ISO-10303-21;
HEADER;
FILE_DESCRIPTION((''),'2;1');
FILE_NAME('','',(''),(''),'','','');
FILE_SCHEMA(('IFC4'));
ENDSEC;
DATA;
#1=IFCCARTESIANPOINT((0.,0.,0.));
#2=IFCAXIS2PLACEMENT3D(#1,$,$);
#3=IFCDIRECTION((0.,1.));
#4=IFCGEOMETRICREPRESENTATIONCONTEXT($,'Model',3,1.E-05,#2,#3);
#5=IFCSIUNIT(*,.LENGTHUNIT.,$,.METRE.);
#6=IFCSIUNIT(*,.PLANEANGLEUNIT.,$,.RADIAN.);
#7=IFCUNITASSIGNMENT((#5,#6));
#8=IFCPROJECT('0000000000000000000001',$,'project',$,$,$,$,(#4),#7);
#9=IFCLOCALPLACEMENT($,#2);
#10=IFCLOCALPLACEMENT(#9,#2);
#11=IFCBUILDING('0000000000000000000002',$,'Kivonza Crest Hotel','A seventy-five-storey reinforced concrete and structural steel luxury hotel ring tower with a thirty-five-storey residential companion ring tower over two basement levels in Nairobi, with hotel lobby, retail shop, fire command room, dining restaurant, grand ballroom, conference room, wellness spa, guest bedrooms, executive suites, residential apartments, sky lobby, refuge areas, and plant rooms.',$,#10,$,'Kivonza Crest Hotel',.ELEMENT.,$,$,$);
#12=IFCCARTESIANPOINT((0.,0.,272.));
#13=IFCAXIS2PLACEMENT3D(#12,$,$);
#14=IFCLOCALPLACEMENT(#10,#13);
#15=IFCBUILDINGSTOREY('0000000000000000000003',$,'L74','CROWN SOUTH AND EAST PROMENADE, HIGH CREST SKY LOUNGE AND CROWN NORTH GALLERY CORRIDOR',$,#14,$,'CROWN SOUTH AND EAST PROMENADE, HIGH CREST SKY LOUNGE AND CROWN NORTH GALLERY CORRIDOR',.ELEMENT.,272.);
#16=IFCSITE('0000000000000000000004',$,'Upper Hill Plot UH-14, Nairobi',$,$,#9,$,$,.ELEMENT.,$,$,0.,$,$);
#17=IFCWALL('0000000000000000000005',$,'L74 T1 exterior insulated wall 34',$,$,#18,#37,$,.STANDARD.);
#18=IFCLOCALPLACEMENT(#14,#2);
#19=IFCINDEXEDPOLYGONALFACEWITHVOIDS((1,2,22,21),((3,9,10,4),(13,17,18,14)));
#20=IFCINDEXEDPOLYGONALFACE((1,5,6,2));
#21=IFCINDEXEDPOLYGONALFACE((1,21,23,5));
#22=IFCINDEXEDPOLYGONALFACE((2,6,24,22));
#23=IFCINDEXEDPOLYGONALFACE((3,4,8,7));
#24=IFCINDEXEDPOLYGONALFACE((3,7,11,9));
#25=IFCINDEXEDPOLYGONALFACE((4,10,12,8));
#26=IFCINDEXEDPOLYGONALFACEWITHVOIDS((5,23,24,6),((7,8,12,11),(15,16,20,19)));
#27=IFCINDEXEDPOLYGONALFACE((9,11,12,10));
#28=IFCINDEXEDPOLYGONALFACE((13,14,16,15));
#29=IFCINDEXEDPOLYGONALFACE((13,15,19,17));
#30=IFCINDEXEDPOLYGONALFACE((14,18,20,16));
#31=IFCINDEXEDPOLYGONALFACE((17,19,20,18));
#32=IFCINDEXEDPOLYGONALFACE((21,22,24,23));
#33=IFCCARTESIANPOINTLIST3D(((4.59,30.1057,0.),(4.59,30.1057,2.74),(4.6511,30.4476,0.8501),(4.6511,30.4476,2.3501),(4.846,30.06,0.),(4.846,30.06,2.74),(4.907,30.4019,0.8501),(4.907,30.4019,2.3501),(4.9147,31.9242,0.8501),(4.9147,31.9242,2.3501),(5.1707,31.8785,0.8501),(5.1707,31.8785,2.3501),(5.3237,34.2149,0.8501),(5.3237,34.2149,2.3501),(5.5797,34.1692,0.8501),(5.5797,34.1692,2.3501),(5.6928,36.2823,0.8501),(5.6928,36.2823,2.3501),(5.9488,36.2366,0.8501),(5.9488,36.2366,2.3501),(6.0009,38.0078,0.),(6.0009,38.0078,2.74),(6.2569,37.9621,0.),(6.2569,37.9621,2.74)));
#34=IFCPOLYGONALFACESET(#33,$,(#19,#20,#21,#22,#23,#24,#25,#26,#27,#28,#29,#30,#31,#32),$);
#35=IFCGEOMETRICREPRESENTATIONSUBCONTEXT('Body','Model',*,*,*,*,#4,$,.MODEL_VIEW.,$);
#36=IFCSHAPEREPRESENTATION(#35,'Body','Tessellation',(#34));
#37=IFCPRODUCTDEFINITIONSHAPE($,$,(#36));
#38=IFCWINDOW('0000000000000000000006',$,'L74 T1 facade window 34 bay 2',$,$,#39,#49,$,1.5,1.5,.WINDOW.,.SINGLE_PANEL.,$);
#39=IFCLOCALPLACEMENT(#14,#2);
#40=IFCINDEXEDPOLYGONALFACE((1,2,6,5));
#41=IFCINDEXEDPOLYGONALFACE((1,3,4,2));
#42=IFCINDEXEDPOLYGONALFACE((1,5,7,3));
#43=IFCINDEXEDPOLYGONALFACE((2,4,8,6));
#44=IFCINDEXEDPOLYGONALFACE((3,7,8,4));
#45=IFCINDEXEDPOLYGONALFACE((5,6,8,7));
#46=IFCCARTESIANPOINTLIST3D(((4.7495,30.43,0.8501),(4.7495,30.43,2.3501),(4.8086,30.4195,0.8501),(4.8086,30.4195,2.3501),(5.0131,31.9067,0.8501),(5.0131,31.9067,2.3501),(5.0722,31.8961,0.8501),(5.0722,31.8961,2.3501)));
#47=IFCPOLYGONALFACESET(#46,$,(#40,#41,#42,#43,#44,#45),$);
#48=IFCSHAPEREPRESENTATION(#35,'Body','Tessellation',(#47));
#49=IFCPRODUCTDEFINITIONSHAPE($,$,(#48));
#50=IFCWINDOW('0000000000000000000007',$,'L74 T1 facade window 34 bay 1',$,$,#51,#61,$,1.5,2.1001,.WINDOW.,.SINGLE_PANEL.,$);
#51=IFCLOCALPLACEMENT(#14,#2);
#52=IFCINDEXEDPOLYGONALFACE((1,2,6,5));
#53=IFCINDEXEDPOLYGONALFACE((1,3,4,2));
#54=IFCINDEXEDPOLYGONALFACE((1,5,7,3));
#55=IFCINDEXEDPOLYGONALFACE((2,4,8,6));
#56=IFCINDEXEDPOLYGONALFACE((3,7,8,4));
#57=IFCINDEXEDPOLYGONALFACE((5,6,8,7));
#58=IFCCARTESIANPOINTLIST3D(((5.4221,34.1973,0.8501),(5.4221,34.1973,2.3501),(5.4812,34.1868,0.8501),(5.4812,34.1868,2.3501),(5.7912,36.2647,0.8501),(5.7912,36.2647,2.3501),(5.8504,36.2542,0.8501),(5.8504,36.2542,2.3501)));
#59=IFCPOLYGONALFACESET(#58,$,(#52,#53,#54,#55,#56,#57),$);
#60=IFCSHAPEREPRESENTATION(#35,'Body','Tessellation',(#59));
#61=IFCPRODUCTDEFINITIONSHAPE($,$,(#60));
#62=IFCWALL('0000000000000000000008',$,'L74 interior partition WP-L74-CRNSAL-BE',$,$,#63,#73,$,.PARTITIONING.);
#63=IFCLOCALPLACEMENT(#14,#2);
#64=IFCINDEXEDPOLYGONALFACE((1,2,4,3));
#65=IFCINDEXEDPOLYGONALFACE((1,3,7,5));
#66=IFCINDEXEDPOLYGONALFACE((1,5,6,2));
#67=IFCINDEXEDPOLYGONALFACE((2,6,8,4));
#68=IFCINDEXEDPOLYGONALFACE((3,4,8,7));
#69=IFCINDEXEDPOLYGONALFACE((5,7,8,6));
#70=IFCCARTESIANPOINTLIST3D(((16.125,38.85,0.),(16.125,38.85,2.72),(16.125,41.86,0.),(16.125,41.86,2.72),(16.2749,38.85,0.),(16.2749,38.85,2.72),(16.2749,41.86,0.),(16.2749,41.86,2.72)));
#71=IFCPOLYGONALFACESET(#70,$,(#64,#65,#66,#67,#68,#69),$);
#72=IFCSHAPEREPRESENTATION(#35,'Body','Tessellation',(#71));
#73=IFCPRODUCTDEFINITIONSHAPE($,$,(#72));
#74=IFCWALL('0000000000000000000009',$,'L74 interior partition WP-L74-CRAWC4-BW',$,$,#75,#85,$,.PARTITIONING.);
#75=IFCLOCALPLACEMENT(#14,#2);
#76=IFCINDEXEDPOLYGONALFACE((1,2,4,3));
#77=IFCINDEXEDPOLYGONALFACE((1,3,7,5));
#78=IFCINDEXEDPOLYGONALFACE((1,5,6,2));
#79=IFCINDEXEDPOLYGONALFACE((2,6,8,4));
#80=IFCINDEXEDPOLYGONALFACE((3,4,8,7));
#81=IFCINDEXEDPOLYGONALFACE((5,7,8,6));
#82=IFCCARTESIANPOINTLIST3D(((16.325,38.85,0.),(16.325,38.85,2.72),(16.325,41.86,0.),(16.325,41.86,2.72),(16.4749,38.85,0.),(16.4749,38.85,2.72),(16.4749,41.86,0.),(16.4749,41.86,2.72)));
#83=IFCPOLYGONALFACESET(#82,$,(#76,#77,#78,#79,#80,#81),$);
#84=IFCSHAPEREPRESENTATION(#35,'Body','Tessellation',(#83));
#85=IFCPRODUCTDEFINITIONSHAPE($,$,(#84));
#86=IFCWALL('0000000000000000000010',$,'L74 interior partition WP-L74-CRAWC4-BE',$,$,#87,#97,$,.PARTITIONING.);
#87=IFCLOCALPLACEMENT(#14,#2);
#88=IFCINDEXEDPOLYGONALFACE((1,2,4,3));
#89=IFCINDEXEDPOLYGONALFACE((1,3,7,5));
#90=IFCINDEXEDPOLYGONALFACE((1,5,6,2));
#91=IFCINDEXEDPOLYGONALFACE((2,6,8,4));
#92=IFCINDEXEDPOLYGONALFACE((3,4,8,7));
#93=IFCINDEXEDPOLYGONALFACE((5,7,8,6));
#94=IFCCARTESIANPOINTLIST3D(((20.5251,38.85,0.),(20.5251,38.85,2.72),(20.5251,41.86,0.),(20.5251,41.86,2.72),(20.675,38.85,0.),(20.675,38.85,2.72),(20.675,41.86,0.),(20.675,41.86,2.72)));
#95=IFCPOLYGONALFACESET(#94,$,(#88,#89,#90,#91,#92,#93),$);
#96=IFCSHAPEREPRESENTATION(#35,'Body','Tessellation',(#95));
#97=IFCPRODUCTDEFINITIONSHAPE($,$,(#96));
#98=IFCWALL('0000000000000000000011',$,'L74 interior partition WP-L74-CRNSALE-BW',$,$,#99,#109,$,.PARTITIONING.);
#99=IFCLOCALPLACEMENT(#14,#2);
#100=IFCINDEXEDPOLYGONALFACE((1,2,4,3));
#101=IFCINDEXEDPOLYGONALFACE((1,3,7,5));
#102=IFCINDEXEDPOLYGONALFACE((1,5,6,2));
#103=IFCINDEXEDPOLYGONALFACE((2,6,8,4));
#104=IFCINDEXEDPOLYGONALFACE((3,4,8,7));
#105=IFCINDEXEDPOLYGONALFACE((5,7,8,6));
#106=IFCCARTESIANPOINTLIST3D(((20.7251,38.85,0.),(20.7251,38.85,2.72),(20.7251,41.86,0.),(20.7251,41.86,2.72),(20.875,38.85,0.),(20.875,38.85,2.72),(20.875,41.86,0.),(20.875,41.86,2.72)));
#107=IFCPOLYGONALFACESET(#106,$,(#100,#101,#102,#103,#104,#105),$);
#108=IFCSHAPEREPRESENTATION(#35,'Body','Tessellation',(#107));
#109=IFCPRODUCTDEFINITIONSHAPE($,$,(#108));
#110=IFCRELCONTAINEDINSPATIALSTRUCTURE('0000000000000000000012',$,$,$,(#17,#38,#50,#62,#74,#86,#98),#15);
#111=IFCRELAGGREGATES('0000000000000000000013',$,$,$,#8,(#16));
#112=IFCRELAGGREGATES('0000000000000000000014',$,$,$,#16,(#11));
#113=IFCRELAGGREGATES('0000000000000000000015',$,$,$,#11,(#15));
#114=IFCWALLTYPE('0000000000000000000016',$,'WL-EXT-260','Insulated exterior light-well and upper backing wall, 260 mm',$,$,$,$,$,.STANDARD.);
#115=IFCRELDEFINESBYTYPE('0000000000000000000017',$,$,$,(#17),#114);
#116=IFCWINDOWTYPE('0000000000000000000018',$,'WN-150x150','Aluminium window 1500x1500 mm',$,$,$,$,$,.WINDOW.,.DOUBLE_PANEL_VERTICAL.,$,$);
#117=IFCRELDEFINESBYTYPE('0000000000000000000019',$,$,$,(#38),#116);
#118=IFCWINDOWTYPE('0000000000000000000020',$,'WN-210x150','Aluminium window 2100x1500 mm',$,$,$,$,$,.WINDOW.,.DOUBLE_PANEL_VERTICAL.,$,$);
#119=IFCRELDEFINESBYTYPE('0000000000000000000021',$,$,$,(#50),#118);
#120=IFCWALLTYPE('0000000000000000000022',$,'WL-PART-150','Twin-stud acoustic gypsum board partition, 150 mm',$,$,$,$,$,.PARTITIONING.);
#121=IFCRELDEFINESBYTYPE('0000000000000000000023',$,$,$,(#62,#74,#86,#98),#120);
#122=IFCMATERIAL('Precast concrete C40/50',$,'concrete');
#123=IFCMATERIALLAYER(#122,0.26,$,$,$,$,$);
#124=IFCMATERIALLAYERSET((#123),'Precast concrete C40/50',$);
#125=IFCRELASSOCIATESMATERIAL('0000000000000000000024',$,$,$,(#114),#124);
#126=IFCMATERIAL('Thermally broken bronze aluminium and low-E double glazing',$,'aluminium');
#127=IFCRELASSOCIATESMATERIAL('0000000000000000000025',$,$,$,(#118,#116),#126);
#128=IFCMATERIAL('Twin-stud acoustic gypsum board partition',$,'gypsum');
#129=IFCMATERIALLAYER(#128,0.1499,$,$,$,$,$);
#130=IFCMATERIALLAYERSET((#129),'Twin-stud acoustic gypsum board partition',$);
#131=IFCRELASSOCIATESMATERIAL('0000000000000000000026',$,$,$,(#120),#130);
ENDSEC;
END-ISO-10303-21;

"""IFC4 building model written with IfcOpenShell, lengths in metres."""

from ifc_helpers import new_model, si_unit, direction, frame, frame_2d, origin, place, context, subcontext, project, spatial, rectangle, extrude, material, layer, layer_set, type_object, element, fill, save


model = new_model("IFC4")

# Units and contexts
model_context = context("Model", 3, precision=1e-05, world=origin(), true_north=direction((0.0, 1.0)))
body_context = subcontext(model_context, "Body", "Model", "MODEL_VIEW")
ifc_project = project(units=[si_unit("LENGTHUNIT", "METRE"), si_unit("PLANEANGLEUNIT", "RADIAN")], contexts=[model_context])

# Site, building, storey
site_placement = place(None, origin())
site = spatial("IfcSite", under=ifc_project, at=site_placement, Name="Upper Hill Plot UH-14, Nairobi", CompositionType="ELEMENT", RefElevation=0.0)
building_placement = place(site_placement, origin())
building = spatial("IfcBuilding", under=site, at=building_placement, Name="Kivonza Crest Hotel", Description="A seventy-five-storey reinforced concrete and structural steel luxury hotel ring tower with a thirty-five-storey residential companion ring tower over two basement levels in Nairobi, with hotel lobby, retail shop, fire command room, dining restaurant, grand ballroom, conference room, wellness spa, guest bedrooms, executive suites, residential apartments, sky lobby, refuge areas, and plant rooms.", LongName="Kivonza Crest Hotel", CompositionType="ELEMENT")
storey_placement = place(building_placement, frame((0.0, 0.0, 272.0)))
storey = spatial("IfcBuildingStorey", under=building, at=storey_placement, Name="L74", Description="CROWN SOUTH AND EAST PROMENADE, HIGH CREST SKY LOUNGE AND CROWN NORTH GALLERY CORRIDOR", LongName="CROWN SOUTH AND EAST PROMENADE, HIGH CREST SKY LOUNGE AND CROWN NORTH GALLERY CORRIDOR", CompositionType="ELEMENT", Elevation=272.0)

# Shared definitions
ifc_material_1 = material(Name="Precast concrete C40/50", Category="concrete")
ifc_layer_1 = layer(ifc_material_1, 0.26)
ifc_layer_set_1 = layer_set([ifc_layer_1], Name="Precast concrete C40/50")
wall_type_1 = type_object("IfcWallType", Name="WL-EXT-260", Description="Insulated exterior light-well and upper backing wall, 260 mm", PredefinedType="STANDARD", material=ifc_layer_set_1)
ifc_material_2 = material(Name="Thermally broken bronze aluminium and low-E double glazing", Category="aluminium")
window_type_1 = type_object("IfcWindowType", Name="WN-210x150", Description="Aluminium window 2100x1500 mm", PartitioningType="DOUBLE_PANEL_VERTICAL", PredefinedType="WINDOW", material=ifc_material_2)

# Wall, openings, windows
wall_1_placement = place(storey_placement, frame((6.1289, 37.9851, 0.0), z_axis=(0.0, 0.0, 1.0), x_axis=(-0.175766, -0.984432, 0.0)))
wall_1 = element("IfcWall", 1, at=wall_1_placement, inside=storey, type_object=wall_type_1, Name="L74 T1 exterior insulated wall 34", PredefinedType="STANDARD", context=body_context, shape_type="SweptSolid", body=[
    extrude(rectangle(XDim=8.0271, YDim=0.26, at=frame_2d((4.0137, 0.0))), origin(), (0.0, 0.0, 1.0), 2.74),
])
opening_1_placement = place(wall_1_placement, frame((1.7529, 0.0, 0.8501)))
opening_1 = element("IfcOpeningElement", 2, at=opening_1_placement, cuts=wall_1, PredefinedType="OPENING", context=body_context, shape_type="SweptSolid", body=[
    extrude(rectangle(XDim=2.1001, YDim=1.5, at=frame_2d((1.05, 0.75))), frame((0.0, 0.1401, 0.0), z_axis=(0.0, -1.0, 0.0), x_axis=(1.0, 0.0, 0.0)), (0.0, 0.0, 1.0), 0.28),
])
opening_2_placement = place(wall_1_placement, frame((6.1799, 0.0, 0.8501)))
opening_2 = element("IfcOpeningElement", 3, at=opening_2_placement, cuts=wall_1, PredefinedType="OPENING", context=body_context, shape_type="SweptSolid", body=[
    extrude(rectangle(XDim=1.5, YDim=1.5, at=frame_2d((0.75, 0.75))), frame((0.0, 0.1401, 0.0), z_axis=(0.0, -1.0, 0.0), x_axis=(1.0, 0.0, 0.0)), (0.0, 0.0, 1.0), 0.28),
])
window_type_2 = type_object("IfcWindowType", Name="WN-150x150", Description="Aluminium window 1500x1500 mm", PartitioningType="DOUBLE_PANEL_VERTICAL", PredefinedType="WINDOW", material=ifc_material_2)
window_1_placement = place(opening_2_placement, origin())
window_1 = element("IfcWindow", 4, at=window_1_placement, inside=storey, type_object=window_type_2, Name="L74 T1 facade window 34 bay 2", OverallHeight=1.5, OverallWidth=1.5, PartitioningType="SINGLE_PANEL", PredefinedType="WINDOW", context=body_context, shape_type="SweptSolid", body=[
    extrude(rectangle(XDim=1.5, YDim=1.5, at=frame_2d((0.75, 0.75))), frame((0.0, 0.03, 0.0), z_axis=(0.0, -1.0, 0.0), x_axis=(1.0, 0.0, 0.0)), (0.0, 0.0, 1.0), 0.0601),
])
fill(opening_2, window_1)
window_2_placement = place(opening_1_placement, origin())
window_2 = element("IfcWindow", 5, at=window_2_placement, inside=storey, type_object=window_type_1, Name="L74 T1 facade window 34 bay 1", OverallHeight=1.5, OverallWidth=2.1001, PartitioningType="SINGLE_PANEL", PredefinedType="WINDOW", context=body_context, shape_type="SweptSolid", body=[
    extrude(rectangle(XDim=2.1001, YDim=1.5, at=frame_2d((1.05, 0.75))), frame((0.0, 0.03, 0.0), z_axis=(0.0, -1.0, 0.0), x_axis=(1.0, 0.0, 0.0)), (0.0, 0.0, 1.0), 0.0601),
])
fill(opening_1, window_2)

# Walls
ifc_material_3 = material(Name="Twin-stud acoustic gypsum board partition", Category="gypsum")
ifc_layer_2 = layer(ifc_material_3, 0.1499)
ifc_layer_set_2 = layer_set([ifc_layer_2], Name="Twin-stud acoustic gypsum board partition")
wall_type_2 = type_object("IfcWallType", Name="WL-PART-150", Description="Twin-stud acoustic gypsum board partition, 150 mm", PredefinedType="PARTITIONING", material=ifc_layer_set_2)
for number, where, z_axis, x_axis, name in (
    (6, (16.2, 38.8501, 0.0), (0.0, 0.0, 1.0), (0.0, 1.0, 0.0), "L74 interior partition WP-L74-CRNSAL-BE"),
    (7, (16.3999, 38.8501, 0.0), (0.0, 0.0, 1.0), (0.0, 1.0, 0.0), "L74 interior partition WP-L74-CRAWC4-BW"),
    (8, (20.6001, 38.8501, 0.0), (0.0, 0.0, 1.0), (0.0, 1.0, 0.0), "L74 interior partition WP-L74-CRAWC4-BE"),
    (9, (20.8, 38.8501, 0.0), (0.0, 0.0, 1.0), (0.0, 1.0, 0.0), "L74 interior partition WP-L74-CRNSALE-BW"),
):
    element("IfcWall", number, at=place(storey_placement, frame(where, z_axis=z_axis, x_axis=x_axis)), inside=storey, type_object=wall_type_2, Name=name, PredefinedType="PARTITIONING", context=body_context, shape_type="SweptSolid", body=[
        extrude(rectangle(XDim=3.01, YDim=0.1499, at=frame_2d((1.5049, 0.0))), origin(), (0.0, 0.0, 1.0), 2.72),
    ])

save(model, "model.ifc")
